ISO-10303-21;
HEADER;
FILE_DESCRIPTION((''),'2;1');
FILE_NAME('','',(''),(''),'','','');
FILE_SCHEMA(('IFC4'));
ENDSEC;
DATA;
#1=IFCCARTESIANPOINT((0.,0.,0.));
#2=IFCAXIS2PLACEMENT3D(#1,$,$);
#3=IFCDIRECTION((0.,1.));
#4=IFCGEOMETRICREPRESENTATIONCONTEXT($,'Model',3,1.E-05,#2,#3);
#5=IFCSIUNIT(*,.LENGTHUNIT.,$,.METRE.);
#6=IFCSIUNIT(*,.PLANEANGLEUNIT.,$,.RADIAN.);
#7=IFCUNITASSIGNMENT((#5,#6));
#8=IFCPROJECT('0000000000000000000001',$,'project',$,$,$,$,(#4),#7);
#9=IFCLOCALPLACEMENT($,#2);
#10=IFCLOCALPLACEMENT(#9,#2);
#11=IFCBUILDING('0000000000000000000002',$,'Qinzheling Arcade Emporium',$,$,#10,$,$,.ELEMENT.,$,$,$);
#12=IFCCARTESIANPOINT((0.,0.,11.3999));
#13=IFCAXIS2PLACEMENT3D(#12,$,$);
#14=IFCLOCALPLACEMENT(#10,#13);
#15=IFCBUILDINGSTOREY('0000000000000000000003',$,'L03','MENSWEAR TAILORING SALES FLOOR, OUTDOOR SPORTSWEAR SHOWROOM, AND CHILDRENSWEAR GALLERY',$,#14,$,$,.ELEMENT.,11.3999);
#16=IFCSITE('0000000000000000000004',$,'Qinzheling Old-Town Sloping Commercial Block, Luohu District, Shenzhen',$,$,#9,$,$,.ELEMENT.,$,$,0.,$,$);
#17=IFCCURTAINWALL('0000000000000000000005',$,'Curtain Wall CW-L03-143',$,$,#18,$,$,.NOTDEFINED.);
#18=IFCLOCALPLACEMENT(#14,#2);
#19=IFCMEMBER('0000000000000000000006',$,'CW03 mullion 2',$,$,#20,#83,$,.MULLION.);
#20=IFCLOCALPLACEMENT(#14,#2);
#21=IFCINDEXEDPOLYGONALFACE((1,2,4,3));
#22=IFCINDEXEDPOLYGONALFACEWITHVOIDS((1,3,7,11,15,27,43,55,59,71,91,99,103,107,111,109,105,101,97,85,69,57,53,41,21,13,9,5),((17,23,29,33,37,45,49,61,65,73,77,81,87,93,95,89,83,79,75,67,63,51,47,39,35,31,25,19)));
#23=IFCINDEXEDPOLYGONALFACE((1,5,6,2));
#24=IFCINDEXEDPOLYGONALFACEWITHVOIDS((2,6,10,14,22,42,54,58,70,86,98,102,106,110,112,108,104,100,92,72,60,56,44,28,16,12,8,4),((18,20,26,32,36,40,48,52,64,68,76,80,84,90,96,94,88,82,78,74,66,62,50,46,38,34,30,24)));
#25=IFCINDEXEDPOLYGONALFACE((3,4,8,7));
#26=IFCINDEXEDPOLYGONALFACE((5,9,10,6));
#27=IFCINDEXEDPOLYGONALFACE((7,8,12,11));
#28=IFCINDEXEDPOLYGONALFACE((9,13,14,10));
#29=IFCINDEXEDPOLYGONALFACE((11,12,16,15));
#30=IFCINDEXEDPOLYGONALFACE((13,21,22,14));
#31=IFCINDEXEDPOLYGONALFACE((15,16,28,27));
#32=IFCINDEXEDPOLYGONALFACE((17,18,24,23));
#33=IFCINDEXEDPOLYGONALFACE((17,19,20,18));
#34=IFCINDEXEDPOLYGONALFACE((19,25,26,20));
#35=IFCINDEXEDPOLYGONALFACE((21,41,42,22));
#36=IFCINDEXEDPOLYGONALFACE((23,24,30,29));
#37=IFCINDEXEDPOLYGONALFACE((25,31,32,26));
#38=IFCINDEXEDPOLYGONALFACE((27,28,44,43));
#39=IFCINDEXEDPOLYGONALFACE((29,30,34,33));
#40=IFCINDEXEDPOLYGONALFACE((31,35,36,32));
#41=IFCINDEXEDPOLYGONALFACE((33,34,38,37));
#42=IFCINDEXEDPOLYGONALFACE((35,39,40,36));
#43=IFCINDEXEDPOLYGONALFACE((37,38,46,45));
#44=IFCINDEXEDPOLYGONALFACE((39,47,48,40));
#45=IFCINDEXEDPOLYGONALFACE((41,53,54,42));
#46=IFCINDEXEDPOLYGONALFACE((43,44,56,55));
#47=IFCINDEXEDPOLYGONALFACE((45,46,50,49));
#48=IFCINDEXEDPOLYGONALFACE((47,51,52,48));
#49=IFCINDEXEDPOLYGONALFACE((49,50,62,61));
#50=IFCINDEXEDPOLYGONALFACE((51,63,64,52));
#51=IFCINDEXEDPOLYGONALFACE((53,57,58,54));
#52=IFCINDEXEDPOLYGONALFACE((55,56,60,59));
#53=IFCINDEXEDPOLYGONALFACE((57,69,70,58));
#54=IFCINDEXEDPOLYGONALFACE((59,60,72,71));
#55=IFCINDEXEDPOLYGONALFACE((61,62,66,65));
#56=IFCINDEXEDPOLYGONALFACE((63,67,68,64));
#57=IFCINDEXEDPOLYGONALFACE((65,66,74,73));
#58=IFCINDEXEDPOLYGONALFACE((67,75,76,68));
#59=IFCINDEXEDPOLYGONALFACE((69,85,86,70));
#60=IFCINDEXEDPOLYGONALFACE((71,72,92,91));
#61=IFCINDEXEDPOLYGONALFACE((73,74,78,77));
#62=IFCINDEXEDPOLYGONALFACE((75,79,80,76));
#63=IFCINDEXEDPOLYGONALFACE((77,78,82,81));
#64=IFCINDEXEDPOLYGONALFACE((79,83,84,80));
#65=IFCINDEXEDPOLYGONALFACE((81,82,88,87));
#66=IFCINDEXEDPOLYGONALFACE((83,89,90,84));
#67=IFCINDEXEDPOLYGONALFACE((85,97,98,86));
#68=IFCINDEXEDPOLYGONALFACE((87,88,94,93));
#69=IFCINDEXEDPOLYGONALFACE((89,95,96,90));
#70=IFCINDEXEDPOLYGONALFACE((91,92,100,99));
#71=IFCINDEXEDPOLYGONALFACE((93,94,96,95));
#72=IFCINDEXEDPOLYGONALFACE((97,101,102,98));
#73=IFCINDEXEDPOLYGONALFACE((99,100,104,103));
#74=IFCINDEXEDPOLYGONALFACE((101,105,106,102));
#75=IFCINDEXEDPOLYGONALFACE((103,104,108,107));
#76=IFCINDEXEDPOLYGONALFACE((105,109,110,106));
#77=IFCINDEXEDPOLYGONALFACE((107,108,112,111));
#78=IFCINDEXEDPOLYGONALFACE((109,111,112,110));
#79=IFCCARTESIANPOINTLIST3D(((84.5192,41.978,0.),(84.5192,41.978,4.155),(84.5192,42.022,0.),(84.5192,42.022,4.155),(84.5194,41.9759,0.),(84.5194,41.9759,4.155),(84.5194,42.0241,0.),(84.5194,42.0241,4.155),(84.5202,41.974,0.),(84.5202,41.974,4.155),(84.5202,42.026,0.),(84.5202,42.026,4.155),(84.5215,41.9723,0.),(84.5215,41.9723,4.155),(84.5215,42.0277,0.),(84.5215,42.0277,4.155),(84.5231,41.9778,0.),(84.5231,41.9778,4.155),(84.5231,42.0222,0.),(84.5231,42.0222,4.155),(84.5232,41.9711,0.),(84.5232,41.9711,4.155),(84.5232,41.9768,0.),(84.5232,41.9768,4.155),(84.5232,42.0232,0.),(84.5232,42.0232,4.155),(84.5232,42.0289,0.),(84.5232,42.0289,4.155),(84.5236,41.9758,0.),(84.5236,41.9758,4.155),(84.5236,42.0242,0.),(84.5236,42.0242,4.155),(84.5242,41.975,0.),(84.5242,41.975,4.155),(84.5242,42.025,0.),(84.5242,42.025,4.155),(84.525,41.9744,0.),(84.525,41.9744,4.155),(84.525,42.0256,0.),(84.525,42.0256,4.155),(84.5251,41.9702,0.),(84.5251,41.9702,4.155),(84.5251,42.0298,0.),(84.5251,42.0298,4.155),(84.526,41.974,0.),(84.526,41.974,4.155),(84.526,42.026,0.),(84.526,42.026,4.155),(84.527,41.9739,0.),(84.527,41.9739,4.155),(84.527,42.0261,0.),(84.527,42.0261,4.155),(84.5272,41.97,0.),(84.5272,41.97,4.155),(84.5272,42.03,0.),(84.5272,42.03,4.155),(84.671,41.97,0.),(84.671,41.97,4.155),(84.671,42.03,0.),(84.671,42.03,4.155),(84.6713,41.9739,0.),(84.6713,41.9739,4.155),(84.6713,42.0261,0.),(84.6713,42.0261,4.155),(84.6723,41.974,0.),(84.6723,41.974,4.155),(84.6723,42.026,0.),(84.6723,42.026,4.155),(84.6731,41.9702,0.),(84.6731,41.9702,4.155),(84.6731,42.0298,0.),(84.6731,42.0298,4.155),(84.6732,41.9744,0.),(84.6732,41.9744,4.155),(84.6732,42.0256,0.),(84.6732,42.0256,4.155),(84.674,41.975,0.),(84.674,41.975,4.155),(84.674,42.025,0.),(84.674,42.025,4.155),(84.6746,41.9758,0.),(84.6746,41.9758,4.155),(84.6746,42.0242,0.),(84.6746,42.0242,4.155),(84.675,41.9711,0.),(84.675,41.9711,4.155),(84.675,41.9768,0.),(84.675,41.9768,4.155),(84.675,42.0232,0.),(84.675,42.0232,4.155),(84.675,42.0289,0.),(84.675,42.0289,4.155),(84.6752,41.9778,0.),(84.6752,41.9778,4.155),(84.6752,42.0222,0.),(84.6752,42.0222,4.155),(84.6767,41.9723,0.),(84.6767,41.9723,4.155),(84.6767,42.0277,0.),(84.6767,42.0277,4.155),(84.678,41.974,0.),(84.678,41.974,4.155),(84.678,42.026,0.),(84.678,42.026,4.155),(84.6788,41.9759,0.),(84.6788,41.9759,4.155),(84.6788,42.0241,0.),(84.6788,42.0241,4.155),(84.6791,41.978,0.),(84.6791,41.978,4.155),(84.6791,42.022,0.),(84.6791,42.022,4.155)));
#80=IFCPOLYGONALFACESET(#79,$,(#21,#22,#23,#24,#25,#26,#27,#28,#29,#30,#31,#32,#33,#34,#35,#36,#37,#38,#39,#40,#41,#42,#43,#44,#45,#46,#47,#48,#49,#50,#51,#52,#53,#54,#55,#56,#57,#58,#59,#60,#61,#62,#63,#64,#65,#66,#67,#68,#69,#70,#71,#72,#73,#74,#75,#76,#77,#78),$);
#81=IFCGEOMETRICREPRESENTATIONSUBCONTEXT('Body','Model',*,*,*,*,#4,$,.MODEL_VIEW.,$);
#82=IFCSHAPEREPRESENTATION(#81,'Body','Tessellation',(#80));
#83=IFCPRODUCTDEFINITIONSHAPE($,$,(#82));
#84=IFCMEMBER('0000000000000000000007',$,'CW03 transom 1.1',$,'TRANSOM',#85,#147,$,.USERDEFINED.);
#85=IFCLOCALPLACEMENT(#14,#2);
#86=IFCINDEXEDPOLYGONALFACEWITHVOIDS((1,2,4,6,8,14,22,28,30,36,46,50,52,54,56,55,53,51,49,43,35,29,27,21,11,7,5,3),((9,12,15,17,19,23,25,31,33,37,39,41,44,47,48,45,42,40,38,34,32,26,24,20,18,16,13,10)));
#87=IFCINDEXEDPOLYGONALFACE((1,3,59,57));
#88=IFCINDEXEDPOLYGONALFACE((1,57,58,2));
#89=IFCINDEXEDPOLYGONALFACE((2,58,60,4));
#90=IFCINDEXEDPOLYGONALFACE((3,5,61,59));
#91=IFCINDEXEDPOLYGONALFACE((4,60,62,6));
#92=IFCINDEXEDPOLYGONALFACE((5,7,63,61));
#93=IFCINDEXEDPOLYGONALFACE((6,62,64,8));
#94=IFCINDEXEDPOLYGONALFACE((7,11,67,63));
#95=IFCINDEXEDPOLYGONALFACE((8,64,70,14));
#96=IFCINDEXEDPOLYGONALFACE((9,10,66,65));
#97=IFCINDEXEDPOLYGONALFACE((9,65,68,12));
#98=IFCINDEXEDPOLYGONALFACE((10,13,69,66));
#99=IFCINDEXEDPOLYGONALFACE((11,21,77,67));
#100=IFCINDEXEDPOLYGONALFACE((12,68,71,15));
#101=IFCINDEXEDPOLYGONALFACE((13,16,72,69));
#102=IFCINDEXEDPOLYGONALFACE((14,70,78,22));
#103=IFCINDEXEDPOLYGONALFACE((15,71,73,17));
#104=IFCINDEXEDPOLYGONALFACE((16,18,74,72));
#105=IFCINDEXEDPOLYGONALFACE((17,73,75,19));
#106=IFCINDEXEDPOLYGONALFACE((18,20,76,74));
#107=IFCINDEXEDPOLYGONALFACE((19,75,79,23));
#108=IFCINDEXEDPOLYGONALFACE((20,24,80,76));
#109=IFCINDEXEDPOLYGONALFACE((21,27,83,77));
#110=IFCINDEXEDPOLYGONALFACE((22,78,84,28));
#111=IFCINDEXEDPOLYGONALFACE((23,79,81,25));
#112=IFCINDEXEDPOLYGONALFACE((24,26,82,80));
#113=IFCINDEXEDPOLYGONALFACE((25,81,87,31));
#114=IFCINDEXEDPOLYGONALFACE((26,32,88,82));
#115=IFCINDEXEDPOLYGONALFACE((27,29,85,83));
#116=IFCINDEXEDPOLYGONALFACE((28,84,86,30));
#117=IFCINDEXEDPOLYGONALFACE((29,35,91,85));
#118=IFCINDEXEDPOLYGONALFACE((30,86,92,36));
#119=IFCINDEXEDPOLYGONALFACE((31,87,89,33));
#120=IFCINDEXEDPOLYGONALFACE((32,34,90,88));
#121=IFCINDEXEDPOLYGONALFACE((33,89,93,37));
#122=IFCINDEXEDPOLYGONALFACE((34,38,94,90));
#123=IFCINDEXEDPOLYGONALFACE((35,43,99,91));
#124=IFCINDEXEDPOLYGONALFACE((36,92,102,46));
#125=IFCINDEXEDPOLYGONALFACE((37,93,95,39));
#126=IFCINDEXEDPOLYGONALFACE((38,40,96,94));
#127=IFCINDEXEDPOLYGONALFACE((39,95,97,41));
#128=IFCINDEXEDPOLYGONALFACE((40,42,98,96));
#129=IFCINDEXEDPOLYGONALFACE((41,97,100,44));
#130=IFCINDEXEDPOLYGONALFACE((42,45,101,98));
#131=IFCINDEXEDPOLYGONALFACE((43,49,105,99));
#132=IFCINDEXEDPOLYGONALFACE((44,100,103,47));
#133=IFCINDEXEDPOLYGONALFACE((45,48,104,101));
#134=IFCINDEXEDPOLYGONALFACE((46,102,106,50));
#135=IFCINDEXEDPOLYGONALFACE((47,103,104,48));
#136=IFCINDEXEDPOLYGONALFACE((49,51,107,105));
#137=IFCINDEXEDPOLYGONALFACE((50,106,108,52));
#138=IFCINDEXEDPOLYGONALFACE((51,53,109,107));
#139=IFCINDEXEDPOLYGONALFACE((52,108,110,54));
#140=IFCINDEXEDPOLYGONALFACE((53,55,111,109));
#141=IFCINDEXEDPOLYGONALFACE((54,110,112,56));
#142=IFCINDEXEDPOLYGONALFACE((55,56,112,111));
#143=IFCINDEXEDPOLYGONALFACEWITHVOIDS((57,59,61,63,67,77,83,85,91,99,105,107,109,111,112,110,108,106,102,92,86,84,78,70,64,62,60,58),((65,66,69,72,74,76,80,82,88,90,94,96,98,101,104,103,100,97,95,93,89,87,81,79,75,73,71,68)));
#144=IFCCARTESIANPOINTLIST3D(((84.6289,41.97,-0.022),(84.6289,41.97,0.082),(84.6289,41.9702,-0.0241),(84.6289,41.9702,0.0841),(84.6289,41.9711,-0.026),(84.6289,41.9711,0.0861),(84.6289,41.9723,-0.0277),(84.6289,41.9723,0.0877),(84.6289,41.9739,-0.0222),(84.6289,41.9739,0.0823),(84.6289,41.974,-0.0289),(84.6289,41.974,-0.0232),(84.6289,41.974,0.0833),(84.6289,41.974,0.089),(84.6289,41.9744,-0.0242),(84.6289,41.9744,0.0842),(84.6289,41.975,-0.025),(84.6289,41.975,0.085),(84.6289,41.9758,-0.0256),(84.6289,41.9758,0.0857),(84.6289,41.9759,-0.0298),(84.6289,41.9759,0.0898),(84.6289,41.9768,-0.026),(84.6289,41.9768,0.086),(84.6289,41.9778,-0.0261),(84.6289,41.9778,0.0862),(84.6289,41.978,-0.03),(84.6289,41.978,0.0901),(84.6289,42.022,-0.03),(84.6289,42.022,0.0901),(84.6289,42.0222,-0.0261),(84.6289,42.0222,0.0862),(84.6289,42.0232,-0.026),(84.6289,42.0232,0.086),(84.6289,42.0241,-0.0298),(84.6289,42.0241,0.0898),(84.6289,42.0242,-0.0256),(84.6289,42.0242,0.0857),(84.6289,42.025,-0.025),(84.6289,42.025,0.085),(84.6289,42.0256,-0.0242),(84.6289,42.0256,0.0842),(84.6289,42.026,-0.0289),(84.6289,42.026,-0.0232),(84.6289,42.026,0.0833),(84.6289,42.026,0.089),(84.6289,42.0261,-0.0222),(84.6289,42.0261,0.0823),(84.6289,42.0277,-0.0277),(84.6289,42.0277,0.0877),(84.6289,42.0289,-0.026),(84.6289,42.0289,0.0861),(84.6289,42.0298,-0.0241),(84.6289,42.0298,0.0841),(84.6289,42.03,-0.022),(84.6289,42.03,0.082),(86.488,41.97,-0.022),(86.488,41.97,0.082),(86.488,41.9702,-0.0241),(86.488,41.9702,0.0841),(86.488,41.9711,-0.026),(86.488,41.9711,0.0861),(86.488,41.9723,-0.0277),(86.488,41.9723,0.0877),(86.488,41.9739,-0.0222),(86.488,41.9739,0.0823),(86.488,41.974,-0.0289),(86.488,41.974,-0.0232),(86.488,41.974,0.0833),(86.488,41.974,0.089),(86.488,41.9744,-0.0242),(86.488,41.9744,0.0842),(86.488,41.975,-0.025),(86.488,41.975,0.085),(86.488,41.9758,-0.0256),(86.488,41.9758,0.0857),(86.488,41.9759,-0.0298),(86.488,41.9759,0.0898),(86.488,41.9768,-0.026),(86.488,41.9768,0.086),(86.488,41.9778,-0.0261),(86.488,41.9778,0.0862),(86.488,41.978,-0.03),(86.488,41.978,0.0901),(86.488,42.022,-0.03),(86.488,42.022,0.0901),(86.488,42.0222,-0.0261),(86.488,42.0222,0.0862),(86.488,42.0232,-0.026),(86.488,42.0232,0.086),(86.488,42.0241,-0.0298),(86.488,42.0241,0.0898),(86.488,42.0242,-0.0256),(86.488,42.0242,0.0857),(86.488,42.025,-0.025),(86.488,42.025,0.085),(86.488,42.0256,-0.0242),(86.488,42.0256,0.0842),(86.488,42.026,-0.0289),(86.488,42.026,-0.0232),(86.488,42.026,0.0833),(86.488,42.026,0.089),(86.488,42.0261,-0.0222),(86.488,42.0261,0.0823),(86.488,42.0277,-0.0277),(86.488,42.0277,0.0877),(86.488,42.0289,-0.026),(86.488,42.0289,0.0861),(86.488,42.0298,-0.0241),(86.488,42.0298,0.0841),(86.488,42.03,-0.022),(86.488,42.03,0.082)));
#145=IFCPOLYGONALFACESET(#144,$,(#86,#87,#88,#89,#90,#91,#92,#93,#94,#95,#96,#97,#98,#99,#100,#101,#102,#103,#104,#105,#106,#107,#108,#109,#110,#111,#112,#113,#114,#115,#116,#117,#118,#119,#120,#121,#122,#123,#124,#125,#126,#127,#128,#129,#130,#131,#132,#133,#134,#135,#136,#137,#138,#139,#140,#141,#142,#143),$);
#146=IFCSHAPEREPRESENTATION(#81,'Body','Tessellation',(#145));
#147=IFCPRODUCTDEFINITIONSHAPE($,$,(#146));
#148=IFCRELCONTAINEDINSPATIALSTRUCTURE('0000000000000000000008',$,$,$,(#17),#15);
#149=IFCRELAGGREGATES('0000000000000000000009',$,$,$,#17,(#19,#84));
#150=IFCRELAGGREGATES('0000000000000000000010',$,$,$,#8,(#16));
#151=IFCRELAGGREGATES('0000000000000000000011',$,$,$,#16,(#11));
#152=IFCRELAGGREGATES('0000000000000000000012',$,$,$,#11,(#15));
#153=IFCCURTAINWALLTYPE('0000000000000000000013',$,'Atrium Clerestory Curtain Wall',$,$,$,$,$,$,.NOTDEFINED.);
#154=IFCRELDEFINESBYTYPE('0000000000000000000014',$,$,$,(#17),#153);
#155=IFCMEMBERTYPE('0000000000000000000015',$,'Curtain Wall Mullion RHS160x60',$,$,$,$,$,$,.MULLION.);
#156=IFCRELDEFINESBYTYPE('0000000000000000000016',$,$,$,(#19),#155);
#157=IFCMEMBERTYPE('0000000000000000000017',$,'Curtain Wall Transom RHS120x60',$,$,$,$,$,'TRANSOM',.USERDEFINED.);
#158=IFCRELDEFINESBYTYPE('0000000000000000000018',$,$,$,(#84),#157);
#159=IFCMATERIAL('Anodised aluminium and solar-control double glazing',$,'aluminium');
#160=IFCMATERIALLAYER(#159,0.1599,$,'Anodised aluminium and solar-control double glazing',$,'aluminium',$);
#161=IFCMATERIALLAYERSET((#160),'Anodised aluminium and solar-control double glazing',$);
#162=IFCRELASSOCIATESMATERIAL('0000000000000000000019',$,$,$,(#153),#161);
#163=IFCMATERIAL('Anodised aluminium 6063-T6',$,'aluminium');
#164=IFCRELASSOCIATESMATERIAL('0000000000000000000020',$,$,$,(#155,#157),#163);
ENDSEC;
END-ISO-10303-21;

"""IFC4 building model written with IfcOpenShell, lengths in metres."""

from ifc_helpers import new_model, si_unit, direction, frame, origin, origin_2d, place, context, subcontext, project, spatial, hollow_rectangle, extrude, material, layer, layer_set, material_profile, profile_set, type_object, element, aggregate, save


model = new_model("IFC4")

# Units and contexts
model_context = context("Model", 3, precision=1e-05, world=origin(), true_north=direction((0.0, 1.0)))
body_context = subcontext(model_context, "Body", "Model", "MODEL_VIEW")
ifc_project = project(units=[si_unit("LENGTHUNIT", "METRE"), si_unit("PLANEANGLEUNIT", "RADIAN")], contexts=[model_context])

# Site, building, storey
site_placement = place(None, origin())
site = spatial("IfcSite", under=ifc_project, at=site_placement, Name="Qinzheling Old-Town Sloping Commercial Block, Luohu District, Shenzhen", CompositionType="ELEMENT", RefElevation=0.0)
building_placement = place(site_placement, origin())
building = spatial("IfcBuilding", under=site, at=building_placement, Name="Qinzheling Arcade Emporium", CompositionType="ELEMENT")
storey_placement = place(building_placement, frame((0.0, 0.0, 11.3999)))
storey = spatial("IfcBuildingStorey", under=building, at=storey_placement, Name="L03", Description="MENSWEAR TAILORING SALES FLOOR, OUTDOOR SPORTSWEAR SHOWROOM, AND CHILDRENSWEAR GALLERY", CompositionType="ELEMENT", Elevation=11.3999)

# Curtain wall, members
ifc_material_1 = material(Name="Anodised aluminium and solar-control double glazing", Category="aluminium")
ifc_layer_1 = layer(ifc_material_1, 0.1599, Name="Anodised aluminium and solar-control double glazing", Category="aluminium")
ifc_layer_set_1 = layer_set([ifc_layer_1], Name="Anodised aluminium and solar-control double glazing")
curtain_wall_type = type_object("IfcCurtainWallType", Name="Atrium Clerestory Curtain Wall", PredefinedType="NOTDEFINED", material=ifc_layer_set_1)
curtain_wall_placement = place(storey_placement, origin())
curtain_wall = element("IfcCurtainWall", 1, at=curtain_wall_placement, inside=storey, type_object=curtain_wall_type, Name="Curtain Wall CW-L03-143", PredefinedType="NOTDEFINED")
ifc_material_2 = material(Name="Anodised aluminium 6063-T6", Category="aluminium")
ifc_material_profile_1 = material_profile(ifc_material_2, hollow_rectangle(XDim=0.0601, YDim=0.1599, WallThickness=0.0039, InnerFilletRadius=0.0039, OuterFilletRadius=0.0081, at=origin_2d()), Name="RHS 160x60x4", Category="aluminium")
ifc_profile_set_1 = profile_set([ifc_material_profile_1], Name="Anodised aluminium 6063-T6")
member_type_1 = type_object("IfcMemberType", Name="Curtain Wall Mullion RHS160x60", PredefinedType="MULLION", material=ifc_profile_set_1)
member_1_placement = place(storey_placement, frame((84.5991, 42.0, 0.0), z_axis=(0.0, 0.0, 1.0), x_axis=(0.0, -1.0, 0.0)))
member_1 = element("IfcMember", 2, at=member_1_placement, type_object=member_type_1, Name="CW03 mullion 2", PredefinedType="MULLION", context=body_context, shape_type="SweptSolid", body=[
    extrude(hollow_rectangle(XDim=0.0601, YDim=0.1599, WallThickness=0.0039, InnerFilletRadius=0.0039, OuterFilletRadius=0.0081, at=origin_2d()), origin(), (0.0, 0.0, 1.0), 4.155),
])
ifc_material_profile_2 = material_profile(ifc_material_2, hollow_rectangle(XDim=0.0601, YDim=0.1201, WallThickness=0.0039, InnerFilletRadius=0.0039, OuterFilletRadius=0.0081, at=origin_2d()), Name="RHS 120x60x4", Category="aluminium")
ifc_profile_set_2 = profile_set([ifc_material_profile_2], Name="Anodised aluminium 6063-T6")
member_type_2 = type_object("IfcMemberType", Name="Curtain Wall Transom RHS120x60", ElementType="TRANSOM", PredefinedType="USERDEFINED", material=ifc_profile_set_2)
member_2_placement = place(storey_placement, frame((86.488, 42.0, 0.03), z_axis=(-1.0, 0.0, 0.0), x_axis=(0.0, -1.0, 0.0)))
member_2 = element("IfcMember", 3, at=member_2_placement, type_object=member_type_2, Name="CW03 transom 1.1", ObjectType="TRANSOM", PredefinedType="USERDEFINED", context=body_context, shape_type="SweptSolid", body=[
    extrude(hollow_rectangle(XDim=0.0601, YDim=0.1201, WallThickness=0.0039, InnerFilletRadius=0.0039, OuterFilletRadius=0.0081, at=origin_2d()), origin(), (0.0, 0.0, 1.0), 1.8591),
])

aggregate(curtain_wall, [member_1, member_2])

save(model, "model.ifc")
